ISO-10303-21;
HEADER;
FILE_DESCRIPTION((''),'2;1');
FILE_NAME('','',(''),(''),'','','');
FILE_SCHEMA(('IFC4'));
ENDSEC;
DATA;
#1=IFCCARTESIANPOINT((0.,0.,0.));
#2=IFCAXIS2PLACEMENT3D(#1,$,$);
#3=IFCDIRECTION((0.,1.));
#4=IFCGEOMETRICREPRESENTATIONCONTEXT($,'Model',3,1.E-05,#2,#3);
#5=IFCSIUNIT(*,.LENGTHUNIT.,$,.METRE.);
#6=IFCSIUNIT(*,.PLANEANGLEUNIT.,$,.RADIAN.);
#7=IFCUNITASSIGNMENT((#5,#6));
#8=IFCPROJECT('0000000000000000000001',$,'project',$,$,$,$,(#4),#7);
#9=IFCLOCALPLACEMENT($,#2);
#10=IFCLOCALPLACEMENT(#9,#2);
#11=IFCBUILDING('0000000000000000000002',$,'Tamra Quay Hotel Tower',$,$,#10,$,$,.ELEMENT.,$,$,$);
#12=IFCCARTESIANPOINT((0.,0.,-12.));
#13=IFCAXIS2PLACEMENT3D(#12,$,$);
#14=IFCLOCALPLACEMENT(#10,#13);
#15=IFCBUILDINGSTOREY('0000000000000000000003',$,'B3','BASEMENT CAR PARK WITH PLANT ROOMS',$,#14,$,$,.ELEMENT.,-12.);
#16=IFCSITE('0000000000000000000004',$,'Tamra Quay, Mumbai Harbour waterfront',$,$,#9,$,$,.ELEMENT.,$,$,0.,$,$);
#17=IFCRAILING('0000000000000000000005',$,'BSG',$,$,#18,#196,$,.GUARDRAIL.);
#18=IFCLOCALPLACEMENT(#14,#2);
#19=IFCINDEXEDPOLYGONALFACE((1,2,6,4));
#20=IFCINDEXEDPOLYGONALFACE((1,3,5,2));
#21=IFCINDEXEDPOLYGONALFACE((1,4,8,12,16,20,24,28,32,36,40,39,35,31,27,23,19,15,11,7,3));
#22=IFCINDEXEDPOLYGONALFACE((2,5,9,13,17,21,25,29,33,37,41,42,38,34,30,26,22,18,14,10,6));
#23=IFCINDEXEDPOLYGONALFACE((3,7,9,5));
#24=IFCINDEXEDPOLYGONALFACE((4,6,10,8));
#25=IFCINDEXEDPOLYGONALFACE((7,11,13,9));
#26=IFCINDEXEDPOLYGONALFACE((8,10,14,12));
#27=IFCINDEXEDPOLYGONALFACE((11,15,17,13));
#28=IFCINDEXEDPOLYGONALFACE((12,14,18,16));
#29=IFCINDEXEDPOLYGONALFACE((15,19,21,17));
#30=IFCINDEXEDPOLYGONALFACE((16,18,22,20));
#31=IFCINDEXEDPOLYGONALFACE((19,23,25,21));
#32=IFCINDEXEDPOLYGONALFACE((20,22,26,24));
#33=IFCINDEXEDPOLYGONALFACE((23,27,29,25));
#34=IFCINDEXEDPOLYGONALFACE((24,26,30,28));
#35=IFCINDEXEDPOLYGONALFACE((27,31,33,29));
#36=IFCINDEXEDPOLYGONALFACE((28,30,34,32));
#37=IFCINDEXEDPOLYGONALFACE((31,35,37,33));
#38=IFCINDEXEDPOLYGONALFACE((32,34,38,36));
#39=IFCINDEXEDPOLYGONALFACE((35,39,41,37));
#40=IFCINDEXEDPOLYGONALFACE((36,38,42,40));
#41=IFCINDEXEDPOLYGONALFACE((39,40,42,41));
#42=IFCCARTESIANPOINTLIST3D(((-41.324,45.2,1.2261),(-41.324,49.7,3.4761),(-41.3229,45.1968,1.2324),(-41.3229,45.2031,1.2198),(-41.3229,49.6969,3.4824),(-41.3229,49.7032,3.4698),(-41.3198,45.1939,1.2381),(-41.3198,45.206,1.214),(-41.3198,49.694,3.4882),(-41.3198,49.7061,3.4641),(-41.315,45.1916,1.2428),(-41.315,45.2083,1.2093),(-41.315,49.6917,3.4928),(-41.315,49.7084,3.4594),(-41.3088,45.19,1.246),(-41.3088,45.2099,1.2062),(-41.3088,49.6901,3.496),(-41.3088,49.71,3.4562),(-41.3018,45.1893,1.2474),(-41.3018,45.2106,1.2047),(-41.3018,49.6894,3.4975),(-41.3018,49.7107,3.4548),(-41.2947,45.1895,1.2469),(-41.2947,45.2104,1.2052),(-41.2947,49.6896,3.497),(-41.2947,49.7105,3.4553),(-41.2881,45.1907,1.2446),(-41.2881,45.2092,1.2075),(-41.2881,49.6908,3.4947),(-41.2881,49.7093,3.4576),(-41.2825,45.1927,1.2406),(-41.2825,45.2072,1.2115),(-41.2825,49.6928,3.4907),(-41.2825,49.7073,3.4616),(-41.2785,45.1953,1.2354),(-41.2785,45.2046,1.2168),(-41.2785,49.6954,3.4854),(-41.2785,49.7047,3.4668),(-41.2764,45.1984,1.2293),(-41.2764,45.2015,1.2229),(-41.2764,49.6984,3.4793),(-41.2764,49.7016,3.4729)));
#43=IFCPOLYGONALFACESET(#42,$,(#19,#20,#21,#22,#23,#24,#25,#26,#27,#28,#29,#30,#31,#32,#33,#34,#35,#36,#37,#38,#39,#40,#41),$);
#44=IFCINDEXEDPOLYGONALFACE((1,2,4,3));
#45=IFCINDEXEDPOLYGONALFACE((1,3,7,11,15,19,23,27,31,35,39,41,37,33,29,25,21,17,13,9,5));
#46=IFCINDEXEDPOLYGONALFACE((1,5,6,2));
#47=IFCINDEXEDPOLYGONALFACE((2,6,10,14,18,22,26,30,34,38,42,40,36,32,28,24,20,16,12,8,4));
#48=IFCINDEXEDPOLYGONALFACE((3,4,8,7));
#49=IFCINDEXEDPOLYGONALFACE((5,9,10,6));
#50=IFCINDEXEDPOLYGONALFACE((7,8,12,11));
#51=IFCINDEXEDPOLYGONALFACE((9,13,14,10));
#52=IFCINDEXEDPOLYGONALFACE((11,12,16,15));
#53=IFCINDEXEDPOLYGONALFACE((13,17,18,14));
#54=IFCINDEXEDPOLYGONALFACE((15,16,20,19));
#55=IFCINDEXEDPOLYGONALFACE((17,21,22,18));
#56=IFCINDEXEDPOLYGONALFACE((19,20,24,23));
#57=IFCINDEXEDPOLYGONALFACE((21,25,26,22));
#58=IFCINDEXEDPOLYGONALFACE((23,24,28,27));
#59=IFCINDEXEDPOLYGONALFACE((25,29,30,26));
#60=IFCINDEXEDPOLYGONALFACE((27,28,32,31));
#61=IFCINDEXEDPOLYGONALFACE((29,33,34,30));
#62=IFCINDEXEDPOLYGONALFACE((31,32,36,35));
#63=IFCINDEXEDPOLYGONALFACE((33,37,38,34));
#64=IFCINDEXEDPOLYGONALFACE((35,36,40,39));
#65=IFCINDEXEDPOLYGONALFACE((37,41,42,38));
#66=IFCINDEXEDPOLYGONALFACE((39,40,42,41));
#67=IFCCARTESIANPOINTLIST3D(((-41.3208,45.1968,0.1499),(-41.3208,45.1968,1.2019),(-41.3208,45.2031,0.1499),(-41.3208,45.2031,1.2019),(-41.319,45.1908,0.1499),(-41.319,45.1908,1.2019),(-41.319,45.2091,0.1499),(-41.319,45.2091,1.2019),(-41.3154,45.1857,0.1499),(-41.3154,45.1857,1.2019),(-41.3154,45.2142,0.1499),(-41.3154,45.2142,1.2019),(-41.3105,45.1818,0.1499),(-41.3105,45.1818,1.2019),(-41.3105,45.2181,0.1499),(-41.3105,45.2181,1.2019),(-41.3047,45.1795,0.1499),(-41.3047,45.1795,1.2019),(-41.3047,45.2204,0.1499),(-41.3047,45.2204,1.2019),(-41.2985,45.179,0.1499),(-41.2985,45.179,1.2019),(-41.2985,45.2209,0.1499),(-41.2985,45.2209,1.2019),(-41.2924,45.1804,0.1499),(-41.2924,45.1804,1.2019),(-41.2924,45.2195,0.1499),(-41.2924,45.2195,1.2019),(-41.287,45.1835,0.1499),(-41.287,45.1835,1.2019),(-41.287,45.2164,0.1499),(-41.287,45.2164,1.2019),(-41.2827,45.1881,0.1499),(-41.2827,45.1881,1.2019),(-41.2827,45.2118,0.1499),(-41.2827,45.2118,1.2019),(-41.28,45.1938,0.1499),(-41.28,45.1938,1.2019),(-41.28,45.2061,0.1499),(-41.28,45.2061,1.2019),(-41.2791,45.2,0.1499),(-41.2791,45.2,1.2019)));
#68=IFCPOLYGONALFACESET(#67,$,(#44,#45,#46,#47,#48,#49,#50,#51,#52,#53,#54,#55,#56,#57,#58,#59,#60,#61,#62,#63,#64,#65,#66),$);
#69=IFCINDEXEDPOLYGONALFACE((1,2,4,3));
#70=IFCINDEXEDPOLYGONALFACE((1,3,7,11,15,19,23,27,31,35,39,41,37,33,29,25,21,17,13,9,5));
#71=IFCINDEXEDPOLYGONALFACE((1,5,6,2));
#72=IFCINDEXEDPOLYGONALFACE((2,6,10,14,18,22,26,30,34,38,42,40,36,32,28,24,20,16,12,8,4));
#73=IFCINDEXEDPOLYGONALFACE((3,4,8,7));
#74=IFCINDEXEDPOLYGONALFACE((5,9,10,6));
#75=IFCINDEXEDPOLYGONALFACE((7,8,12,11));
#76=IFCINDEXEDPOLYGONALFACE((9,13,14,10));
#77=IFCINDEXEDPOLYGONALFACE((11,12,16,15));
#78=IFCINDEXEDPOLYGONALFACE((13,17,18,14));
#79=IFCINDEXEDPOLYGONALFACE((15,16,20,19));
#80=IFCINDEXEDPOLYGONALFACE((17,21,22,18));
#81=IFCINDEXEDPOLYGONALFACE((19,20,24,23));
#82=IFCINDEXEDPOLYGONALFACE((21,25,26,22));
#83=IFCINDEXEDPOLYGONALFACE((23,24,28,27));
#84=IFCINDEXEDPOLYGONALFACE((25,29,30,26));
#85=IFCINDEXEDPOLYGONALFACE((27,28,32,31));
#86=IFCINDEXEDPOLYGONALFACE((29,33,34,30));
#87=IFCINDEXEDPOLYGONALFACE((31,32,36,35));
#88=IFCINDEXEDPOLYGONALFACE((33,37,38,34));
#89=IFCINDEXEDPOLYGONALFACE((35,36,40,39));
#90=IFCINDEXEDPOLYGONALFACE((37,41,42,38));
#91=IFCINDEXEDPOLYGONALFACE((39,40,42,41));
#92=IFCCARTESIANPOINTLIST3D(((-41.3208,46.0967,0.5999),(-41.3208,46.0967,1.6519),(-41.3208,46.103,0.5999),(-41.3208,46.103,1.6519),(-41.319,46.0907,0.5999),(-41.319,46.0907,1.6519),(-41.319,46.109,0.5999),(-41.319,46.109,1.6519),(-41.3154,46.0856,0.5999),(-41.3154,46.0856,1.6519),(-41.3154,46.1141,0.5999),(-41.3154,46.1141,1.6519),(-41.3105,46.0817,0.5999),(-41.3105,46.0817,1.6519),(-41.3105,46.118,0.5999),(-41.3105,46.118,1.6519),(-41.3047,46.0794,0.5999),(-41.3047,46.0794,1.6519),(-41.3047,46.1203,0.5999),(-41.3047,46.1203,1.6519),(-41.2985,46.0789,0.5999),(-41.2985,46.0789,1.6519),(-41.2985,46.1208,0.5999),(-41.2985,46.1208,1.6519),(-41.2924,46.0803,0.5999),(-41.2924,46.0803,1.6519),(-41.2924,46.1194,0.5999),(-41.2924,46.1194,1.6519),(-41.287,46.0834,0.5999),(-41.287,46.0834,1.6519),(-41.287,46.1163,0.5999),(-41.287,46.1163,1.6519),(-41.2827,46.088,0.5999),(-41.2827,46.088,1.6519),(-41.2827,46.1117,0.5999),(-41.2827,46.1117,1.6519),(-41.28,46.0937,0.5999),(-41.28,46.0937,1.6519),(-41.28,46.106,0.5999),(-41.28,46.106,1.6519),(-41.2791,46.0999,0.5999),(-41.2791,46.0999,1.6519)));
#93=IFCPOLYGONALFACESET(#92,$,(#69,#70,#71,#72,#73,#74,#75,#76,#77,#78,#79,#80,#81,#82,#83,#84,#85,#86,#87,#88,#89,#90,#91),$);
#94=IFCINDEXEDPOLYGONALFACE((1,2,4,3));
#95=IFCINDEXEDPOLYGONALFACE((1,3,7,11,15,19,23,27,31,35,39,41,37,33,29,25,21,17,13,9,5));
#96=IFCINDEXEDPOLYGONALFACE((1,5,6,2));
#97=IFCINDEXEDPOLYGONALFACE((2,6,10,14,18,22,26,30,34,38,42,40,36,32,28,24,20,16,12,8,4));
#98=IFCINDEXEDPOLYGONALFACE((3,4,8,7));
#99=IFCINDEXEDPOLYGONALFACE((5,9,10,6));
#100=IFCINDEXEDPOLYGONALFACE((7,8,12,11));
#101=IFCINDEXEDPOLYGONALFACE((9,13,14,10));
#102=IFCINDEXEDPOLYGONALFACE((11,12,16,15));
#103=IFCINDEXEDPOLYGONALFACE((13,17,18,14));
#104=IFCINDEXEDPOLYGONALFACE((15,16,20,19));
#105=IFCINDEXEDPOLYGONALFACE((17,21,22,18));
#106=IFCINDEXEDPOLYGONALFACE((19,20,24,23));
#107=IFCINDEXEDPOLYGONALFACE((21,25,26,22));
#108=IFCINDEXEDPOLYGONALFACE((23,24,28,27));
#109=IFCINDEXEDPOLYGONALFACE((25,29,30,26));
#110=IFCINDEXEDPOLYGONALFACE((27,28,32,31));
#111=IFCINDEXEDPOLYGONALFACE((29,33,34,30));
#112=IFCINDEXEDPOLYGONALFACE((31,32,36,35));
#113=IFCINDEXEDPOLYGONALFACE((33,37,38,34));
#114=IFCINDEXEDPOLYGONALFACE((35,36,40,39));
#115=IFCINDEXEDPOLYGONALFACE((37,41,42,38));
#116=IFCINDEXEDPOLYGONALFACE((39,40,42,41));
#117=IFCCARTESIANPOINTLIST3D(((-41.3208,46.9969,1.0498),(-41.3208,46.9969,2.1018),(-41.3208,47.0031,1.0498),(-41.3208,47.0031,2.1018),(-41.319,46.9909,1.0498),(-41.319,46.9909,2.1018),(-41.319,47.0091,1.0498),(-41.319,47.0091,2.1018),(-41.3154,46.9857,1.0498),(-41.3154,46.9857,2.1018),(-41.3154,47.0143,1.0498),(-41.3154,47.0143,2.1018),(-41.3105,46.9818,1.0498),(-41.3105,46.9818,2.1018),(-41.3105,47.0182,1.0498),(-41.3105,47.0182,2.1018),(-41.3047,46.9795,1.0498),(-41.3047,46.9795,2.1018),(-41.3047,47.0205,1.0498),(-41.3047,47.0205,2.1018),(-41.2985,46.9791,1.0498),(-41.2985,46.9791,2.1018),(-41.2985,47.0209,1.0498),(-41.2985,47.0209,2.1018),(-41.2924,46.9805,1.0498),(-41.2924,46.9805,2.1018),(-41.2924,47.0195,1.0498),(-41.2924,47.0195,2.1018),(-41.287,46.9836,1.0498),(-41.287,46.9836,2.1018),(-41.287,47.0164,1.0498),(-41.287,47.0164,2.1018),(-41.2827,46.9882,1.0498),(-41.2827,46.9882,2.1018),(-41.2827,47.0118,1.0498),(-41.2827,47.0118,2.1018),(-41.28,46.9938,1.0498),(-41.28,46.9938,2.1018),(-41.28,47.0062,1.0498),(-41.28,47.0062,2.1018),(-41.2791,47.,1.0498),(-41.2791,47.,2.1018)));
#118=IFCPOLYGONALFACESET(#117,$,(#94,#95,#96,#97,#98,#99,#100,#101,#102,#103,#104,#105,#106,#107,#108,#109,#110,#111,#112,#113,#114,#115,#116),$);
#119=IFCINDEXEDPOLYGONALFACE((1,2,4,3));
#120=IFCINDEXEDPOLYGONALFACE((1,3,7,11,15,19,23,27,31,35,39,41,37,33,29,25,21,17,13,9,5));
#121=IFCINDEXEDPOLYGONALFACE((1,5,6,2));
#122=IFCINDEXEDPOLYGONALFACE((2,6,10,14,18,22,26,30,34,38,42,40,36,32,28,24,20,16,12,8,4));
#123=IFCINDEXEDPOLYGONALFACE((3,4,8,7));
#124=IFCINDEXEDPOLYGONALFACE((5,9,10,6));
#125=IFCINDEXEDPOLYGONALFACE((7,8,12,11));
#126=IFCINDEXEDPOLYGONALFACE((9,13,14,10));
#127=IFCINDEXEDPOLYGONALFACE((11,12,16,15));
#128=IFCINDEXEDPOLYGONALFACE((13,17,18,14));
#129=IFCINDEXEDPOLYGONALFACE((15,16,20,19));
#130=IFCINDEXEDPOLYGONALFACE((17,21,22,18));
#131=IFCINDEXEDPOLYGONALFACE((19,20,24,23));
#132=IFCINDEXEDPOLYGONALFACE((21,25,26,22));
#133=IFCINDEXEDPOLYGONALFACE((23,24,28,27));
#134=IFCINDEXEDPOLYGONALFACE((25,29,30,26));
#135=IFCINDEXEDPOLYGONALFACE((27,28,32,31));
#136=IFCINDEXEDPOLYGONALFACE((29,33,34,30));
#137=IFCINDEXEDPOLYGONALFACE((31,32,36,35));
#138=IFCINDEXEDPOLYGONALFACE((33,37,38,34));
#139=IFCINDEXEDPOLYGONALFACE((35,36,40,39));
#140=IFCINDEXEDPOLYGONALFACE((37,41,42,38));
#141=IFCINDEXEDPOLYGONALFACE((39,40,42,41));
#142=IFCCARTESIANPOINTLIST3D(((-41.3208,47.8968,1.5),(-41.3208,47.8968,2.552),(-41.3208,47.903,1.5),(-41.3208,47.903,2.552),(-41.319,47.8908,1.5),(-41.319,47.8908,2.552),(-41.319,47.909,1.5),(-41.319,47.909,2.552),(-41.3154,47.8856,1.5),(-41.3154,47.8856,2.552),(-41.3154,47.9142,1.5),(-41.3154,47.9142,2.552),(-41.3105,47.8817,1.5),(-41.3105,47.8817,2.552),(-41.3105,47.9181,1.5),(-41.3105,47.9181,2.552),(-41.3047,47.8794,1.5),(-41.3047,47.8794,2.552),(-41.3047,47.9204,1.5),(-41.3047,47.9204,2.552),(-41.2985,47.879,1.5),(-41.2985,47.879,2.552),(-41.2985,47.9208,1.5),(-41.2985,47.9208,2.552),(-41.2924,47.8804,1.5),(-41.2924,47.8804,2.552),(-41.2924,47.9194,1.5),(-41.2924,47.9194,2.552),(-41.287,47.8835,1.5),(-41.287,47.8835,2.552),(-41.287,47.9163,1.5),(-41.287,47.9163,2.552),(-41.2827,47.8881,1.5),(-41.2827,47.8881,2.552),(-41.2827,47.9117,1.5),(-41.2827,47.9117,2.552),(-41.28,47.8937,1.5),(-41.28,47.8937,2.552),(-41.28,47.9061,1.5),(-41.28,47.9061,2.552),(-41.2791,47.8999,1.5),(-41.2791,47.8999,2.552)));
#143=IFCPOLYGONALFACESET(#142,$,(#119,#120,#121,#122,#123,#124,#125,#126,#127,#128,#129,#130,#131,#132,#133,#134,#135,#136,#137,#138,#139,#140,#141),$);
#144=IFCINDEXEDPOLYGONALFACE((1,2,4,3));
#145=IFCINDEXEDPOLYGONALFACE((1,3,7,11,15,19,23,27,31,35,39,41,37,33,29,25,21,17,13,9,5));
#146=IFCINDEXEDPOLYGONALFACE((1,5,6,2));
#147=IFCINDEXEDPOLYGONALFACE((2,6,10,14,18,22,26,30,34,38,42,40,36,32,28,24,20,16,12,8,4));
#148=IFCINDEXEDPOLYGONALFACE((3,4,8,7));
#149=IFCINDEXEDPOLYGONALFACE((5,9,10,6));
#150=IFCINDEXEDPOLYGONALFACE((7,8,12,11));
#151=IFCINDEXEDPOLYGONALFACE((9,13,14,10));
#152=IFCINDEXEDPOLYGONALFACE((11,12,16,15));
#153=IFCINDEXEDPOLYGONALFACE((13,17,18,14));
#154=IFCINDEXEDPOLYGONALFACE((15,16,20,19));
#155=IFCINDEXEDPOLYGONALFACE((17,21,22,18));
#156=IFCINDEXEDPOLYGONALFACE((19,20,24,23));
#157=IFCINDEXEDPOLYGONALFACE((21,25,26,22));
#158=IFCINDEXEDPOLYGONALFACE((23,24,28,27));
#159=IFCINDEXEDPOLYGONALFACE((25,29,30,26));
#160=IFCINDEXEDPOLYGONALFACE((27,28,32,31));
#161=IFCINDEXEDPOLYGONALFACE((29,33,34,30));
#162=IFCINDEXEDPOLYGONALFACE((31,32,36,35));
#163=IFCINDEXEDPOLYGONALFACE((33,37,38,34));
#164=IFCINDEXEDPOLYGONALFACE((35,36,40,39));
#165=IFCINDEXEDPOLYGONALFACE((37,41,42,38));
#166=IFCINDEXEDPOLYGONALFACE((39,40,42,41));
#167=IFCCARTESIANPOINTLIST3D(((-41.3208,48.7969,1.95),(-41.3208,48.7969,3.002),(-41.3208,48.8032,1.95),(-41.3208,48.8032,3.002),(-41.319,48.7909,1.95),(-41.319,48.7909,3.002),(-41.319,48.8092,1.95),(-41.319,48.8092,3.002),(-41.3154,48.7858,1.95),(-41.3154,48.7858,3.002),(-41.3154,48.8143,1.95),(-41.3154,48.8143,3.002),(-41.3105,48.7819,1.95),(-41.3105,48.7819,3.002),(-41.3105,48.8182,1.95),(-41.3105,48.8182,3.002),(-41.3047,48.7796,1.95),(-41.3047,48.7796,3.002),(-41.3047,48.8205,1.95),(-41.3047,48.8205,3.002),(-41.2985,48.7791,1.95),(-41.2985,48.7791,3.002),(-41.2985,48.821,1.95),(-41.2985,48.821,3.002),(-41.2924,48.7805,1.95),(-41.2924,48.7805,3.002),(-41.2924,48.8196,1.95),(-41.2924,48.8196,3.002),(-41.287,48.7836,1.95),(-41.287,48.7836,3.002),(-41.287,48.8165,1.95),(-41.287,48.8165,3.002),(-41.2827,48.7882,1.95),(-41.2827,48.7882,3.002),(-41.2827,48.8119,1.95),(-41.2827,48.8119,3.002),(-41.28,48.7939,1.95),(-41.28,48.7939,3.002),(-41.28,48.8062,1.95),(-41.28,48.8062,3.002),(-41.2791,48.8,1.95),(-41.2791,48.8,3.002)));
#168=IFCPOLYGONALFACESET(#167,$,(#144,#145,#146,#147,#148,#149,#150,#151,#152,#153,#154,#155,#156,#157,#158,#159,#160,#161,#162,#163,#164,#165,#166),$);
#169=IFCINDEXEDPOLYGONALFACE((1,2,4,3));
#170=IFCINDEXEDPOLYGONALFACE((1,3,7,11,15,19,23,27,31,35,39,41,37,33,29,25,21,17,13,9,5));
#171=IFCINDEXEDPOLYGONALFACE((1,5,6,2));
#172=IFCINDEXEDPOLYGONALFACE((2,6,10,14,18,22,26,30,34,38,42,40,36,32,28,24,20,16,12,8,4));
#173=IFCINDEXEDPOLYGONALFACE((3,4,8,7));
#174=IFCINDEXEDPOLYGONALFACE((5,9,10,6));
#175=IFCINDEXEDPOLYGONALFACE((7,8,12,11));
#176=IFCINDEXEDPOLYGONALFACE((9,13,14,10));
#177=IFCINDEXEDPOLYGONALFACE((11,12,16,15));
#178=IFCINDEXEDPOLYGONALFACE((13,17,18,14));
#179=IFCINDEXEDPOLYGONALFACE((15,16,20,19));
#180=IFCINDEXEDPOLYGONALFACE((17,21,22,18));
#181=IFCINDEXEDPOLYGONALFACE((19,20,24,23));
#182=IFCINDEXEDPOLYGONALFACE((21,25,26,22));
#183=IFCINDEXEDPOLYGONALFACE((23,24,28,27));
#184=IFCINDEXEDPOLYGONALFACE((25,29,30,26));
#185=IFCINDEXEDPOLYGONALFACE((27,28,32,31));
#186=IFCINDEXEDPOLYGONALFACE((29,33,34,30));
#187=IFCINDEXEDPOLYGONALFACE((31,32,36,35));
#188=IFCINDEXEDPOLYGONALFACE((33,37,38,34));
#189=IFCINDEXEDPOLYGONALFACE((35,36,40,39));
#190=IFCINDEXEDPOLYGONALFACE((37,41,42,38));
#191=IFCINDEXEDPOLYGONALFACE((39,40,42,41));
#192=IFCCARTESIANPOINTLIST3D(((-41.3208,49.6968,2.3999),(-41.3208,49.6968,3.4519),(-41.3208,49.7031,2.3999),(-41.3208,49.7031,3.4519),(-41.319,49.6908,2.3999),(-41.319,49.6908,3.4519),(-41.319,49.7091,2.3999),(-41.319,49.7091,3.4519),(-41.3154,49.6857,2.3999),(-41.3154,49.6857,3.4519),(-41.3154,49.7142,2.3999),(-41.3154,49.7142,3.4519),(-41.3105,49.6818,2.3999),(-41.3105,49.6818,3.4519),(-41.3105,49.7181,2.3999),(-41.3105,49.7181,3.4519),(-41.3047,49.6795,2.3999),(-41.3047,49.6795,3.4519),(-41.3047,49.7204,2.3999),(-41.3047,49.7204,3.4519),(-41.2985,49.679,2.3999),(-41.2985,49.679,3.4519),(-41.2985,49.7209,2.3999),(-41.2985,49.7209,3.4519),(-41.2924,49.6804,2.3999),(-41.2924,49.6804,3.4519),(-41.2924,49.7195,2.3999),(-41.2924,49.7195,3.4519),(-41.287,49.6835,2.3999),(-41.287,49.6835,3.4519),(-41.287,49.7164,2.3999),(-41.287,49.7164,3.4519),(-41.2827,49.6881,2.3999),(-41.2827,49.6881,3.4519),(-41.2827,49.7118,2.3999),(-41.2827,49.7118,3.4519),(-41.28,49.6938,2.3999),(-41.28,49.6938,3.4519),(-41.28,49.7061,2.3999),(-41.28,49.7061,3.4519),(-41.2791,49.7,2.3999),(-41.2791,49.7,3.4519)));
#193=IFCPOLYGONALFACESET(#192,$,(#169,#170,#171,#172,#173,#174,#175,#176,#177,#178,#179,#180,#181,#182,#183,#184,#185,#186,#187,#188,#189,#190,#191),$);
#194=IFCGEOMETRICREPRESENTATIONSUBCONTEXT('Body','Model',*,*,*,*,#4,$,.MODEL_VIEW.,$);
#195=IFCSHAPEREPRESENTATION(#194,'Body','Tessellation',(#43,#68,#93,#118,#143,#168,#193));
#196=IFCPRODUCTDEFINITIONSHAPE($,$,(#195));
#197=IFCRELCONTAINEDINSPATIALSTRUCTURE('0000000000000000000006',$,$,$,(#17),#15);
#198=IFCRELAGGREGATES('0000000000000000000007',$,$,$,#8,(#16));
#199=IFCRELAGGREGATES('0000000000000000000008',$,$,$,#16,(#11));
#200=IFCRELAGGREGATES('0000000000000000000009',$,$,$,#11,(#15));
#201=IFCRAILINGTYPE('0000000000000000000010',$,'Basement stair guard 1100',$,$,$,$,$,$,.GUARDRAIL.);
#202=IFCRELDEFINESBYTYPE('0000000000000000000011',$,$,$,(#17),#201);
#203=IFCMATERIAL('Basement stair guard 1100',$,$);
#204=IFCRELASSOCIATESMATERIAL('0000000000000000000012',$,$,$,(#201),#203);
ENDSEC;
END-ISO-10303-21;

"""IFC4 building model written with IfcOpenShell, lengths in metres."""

from ifc_helpers import new_model, si_unit, direction, frame, origin, origin_2d, place, context, subcontext, project, spatial, circle, extrude, material, type_object, element, save


model = new_model("IFC4")

# Units and contexts
model_context = context("Model", 3, precision=1e-05, world=origin(), true_north=direction((0.0, 1.0)))
body_context = subcontext(model_context, "Body", "Model", "MODEL_VIEW")
ifc_project = project(units=[si_unit("LENGTHUNIT", "METRE"), si_unit("PLANEANGLEUNIT", "RADIAN")], contexts=[model_context])

# Site, building, storey
site_placement = place(None, origin())
site = spatial("IfcSite", under=ifc_project, at=site_placement, Name="Tamra Quay, Mumbai Harbour waterfront", CompositionType="ELEMENT", RefElevation=0.0)
building_placement = place(site_placement, origin())
building = spatial("IfcBuilding", under=site, at=building_placement, Name="Tamra Quay Hotel Tower", CompositionType="ELEMENT")
storey_placement = place(building_placement, frame((0.0, 0.0, -12.0)))
storey = spatial("IfcBuildingStorey", under=building, at=storey_placement, Name="B3", Description="BASEMENT CAR PARK WITH PLANT ROOMS", CompositionType="ELEMENT", Elevation=-12.0)

# Railing
ifc_material_1 = material(Name="Basement stair guard 1100")
railing_type = type_object("IfcRailingType", Name="Basement stair guard 1100", PredefinedType="GUARDRAIL", material=ifc_material_1)
railing_1_placement = place(storey_placement, frame((-41.3, 45.2, 0.1499)))
element("IfcRailing", 1, at=railing_1_placement, inside=storey, type_object=railing_type, Name="BSG", PredefinedType="GUARDRAIL", context=body_context, shape_type="SweptSolid", body=[
    extrude(circle(Radius=0.0239, at=origin_2d()), frame((0.0, 0.0, 1.0762), z_axis=(0.0, 0.894427, 0.447214), x_axis=(-1.0, 0.0, 0.0)), (0.0, 0.0, 1.0), 5.0312),
    extrude(circle(Radius=0.021, at=origin_2d()), origin(), (0.0, 0.0, 1.0), 1.052),
    extrude(circle(Radius=0.021, at=origin_2d()), frame((0.0, 0.8999, 0.45)), (0.0, 0.0, 1.0), 1.052),
    extrude(circle(Radius=0.021, at=origin_2d()), frame((0.0, 1.8, 0.8999)), (0.0, 0.0, 1.0), 1.052),
    extrude(circle(Radius=0.021, at=origin_2d()), frame((0.0, 2.7, 1.3501)), (0.0, 0.0, 1.0), 1.052),
    extrude(circle(Radius=0.021, at=origin_2d()), frame((0.0, 3.6001, 1.8)), (0.0, 0.0, 1.0), 1.052),
    extrude(circle(Radius=0.021, at=origin_2d()), frame((0.0, 4.5, 2.25)), (0.0, 0.0, 1.0), 1.052),
])

save(model, "model.ifc")
